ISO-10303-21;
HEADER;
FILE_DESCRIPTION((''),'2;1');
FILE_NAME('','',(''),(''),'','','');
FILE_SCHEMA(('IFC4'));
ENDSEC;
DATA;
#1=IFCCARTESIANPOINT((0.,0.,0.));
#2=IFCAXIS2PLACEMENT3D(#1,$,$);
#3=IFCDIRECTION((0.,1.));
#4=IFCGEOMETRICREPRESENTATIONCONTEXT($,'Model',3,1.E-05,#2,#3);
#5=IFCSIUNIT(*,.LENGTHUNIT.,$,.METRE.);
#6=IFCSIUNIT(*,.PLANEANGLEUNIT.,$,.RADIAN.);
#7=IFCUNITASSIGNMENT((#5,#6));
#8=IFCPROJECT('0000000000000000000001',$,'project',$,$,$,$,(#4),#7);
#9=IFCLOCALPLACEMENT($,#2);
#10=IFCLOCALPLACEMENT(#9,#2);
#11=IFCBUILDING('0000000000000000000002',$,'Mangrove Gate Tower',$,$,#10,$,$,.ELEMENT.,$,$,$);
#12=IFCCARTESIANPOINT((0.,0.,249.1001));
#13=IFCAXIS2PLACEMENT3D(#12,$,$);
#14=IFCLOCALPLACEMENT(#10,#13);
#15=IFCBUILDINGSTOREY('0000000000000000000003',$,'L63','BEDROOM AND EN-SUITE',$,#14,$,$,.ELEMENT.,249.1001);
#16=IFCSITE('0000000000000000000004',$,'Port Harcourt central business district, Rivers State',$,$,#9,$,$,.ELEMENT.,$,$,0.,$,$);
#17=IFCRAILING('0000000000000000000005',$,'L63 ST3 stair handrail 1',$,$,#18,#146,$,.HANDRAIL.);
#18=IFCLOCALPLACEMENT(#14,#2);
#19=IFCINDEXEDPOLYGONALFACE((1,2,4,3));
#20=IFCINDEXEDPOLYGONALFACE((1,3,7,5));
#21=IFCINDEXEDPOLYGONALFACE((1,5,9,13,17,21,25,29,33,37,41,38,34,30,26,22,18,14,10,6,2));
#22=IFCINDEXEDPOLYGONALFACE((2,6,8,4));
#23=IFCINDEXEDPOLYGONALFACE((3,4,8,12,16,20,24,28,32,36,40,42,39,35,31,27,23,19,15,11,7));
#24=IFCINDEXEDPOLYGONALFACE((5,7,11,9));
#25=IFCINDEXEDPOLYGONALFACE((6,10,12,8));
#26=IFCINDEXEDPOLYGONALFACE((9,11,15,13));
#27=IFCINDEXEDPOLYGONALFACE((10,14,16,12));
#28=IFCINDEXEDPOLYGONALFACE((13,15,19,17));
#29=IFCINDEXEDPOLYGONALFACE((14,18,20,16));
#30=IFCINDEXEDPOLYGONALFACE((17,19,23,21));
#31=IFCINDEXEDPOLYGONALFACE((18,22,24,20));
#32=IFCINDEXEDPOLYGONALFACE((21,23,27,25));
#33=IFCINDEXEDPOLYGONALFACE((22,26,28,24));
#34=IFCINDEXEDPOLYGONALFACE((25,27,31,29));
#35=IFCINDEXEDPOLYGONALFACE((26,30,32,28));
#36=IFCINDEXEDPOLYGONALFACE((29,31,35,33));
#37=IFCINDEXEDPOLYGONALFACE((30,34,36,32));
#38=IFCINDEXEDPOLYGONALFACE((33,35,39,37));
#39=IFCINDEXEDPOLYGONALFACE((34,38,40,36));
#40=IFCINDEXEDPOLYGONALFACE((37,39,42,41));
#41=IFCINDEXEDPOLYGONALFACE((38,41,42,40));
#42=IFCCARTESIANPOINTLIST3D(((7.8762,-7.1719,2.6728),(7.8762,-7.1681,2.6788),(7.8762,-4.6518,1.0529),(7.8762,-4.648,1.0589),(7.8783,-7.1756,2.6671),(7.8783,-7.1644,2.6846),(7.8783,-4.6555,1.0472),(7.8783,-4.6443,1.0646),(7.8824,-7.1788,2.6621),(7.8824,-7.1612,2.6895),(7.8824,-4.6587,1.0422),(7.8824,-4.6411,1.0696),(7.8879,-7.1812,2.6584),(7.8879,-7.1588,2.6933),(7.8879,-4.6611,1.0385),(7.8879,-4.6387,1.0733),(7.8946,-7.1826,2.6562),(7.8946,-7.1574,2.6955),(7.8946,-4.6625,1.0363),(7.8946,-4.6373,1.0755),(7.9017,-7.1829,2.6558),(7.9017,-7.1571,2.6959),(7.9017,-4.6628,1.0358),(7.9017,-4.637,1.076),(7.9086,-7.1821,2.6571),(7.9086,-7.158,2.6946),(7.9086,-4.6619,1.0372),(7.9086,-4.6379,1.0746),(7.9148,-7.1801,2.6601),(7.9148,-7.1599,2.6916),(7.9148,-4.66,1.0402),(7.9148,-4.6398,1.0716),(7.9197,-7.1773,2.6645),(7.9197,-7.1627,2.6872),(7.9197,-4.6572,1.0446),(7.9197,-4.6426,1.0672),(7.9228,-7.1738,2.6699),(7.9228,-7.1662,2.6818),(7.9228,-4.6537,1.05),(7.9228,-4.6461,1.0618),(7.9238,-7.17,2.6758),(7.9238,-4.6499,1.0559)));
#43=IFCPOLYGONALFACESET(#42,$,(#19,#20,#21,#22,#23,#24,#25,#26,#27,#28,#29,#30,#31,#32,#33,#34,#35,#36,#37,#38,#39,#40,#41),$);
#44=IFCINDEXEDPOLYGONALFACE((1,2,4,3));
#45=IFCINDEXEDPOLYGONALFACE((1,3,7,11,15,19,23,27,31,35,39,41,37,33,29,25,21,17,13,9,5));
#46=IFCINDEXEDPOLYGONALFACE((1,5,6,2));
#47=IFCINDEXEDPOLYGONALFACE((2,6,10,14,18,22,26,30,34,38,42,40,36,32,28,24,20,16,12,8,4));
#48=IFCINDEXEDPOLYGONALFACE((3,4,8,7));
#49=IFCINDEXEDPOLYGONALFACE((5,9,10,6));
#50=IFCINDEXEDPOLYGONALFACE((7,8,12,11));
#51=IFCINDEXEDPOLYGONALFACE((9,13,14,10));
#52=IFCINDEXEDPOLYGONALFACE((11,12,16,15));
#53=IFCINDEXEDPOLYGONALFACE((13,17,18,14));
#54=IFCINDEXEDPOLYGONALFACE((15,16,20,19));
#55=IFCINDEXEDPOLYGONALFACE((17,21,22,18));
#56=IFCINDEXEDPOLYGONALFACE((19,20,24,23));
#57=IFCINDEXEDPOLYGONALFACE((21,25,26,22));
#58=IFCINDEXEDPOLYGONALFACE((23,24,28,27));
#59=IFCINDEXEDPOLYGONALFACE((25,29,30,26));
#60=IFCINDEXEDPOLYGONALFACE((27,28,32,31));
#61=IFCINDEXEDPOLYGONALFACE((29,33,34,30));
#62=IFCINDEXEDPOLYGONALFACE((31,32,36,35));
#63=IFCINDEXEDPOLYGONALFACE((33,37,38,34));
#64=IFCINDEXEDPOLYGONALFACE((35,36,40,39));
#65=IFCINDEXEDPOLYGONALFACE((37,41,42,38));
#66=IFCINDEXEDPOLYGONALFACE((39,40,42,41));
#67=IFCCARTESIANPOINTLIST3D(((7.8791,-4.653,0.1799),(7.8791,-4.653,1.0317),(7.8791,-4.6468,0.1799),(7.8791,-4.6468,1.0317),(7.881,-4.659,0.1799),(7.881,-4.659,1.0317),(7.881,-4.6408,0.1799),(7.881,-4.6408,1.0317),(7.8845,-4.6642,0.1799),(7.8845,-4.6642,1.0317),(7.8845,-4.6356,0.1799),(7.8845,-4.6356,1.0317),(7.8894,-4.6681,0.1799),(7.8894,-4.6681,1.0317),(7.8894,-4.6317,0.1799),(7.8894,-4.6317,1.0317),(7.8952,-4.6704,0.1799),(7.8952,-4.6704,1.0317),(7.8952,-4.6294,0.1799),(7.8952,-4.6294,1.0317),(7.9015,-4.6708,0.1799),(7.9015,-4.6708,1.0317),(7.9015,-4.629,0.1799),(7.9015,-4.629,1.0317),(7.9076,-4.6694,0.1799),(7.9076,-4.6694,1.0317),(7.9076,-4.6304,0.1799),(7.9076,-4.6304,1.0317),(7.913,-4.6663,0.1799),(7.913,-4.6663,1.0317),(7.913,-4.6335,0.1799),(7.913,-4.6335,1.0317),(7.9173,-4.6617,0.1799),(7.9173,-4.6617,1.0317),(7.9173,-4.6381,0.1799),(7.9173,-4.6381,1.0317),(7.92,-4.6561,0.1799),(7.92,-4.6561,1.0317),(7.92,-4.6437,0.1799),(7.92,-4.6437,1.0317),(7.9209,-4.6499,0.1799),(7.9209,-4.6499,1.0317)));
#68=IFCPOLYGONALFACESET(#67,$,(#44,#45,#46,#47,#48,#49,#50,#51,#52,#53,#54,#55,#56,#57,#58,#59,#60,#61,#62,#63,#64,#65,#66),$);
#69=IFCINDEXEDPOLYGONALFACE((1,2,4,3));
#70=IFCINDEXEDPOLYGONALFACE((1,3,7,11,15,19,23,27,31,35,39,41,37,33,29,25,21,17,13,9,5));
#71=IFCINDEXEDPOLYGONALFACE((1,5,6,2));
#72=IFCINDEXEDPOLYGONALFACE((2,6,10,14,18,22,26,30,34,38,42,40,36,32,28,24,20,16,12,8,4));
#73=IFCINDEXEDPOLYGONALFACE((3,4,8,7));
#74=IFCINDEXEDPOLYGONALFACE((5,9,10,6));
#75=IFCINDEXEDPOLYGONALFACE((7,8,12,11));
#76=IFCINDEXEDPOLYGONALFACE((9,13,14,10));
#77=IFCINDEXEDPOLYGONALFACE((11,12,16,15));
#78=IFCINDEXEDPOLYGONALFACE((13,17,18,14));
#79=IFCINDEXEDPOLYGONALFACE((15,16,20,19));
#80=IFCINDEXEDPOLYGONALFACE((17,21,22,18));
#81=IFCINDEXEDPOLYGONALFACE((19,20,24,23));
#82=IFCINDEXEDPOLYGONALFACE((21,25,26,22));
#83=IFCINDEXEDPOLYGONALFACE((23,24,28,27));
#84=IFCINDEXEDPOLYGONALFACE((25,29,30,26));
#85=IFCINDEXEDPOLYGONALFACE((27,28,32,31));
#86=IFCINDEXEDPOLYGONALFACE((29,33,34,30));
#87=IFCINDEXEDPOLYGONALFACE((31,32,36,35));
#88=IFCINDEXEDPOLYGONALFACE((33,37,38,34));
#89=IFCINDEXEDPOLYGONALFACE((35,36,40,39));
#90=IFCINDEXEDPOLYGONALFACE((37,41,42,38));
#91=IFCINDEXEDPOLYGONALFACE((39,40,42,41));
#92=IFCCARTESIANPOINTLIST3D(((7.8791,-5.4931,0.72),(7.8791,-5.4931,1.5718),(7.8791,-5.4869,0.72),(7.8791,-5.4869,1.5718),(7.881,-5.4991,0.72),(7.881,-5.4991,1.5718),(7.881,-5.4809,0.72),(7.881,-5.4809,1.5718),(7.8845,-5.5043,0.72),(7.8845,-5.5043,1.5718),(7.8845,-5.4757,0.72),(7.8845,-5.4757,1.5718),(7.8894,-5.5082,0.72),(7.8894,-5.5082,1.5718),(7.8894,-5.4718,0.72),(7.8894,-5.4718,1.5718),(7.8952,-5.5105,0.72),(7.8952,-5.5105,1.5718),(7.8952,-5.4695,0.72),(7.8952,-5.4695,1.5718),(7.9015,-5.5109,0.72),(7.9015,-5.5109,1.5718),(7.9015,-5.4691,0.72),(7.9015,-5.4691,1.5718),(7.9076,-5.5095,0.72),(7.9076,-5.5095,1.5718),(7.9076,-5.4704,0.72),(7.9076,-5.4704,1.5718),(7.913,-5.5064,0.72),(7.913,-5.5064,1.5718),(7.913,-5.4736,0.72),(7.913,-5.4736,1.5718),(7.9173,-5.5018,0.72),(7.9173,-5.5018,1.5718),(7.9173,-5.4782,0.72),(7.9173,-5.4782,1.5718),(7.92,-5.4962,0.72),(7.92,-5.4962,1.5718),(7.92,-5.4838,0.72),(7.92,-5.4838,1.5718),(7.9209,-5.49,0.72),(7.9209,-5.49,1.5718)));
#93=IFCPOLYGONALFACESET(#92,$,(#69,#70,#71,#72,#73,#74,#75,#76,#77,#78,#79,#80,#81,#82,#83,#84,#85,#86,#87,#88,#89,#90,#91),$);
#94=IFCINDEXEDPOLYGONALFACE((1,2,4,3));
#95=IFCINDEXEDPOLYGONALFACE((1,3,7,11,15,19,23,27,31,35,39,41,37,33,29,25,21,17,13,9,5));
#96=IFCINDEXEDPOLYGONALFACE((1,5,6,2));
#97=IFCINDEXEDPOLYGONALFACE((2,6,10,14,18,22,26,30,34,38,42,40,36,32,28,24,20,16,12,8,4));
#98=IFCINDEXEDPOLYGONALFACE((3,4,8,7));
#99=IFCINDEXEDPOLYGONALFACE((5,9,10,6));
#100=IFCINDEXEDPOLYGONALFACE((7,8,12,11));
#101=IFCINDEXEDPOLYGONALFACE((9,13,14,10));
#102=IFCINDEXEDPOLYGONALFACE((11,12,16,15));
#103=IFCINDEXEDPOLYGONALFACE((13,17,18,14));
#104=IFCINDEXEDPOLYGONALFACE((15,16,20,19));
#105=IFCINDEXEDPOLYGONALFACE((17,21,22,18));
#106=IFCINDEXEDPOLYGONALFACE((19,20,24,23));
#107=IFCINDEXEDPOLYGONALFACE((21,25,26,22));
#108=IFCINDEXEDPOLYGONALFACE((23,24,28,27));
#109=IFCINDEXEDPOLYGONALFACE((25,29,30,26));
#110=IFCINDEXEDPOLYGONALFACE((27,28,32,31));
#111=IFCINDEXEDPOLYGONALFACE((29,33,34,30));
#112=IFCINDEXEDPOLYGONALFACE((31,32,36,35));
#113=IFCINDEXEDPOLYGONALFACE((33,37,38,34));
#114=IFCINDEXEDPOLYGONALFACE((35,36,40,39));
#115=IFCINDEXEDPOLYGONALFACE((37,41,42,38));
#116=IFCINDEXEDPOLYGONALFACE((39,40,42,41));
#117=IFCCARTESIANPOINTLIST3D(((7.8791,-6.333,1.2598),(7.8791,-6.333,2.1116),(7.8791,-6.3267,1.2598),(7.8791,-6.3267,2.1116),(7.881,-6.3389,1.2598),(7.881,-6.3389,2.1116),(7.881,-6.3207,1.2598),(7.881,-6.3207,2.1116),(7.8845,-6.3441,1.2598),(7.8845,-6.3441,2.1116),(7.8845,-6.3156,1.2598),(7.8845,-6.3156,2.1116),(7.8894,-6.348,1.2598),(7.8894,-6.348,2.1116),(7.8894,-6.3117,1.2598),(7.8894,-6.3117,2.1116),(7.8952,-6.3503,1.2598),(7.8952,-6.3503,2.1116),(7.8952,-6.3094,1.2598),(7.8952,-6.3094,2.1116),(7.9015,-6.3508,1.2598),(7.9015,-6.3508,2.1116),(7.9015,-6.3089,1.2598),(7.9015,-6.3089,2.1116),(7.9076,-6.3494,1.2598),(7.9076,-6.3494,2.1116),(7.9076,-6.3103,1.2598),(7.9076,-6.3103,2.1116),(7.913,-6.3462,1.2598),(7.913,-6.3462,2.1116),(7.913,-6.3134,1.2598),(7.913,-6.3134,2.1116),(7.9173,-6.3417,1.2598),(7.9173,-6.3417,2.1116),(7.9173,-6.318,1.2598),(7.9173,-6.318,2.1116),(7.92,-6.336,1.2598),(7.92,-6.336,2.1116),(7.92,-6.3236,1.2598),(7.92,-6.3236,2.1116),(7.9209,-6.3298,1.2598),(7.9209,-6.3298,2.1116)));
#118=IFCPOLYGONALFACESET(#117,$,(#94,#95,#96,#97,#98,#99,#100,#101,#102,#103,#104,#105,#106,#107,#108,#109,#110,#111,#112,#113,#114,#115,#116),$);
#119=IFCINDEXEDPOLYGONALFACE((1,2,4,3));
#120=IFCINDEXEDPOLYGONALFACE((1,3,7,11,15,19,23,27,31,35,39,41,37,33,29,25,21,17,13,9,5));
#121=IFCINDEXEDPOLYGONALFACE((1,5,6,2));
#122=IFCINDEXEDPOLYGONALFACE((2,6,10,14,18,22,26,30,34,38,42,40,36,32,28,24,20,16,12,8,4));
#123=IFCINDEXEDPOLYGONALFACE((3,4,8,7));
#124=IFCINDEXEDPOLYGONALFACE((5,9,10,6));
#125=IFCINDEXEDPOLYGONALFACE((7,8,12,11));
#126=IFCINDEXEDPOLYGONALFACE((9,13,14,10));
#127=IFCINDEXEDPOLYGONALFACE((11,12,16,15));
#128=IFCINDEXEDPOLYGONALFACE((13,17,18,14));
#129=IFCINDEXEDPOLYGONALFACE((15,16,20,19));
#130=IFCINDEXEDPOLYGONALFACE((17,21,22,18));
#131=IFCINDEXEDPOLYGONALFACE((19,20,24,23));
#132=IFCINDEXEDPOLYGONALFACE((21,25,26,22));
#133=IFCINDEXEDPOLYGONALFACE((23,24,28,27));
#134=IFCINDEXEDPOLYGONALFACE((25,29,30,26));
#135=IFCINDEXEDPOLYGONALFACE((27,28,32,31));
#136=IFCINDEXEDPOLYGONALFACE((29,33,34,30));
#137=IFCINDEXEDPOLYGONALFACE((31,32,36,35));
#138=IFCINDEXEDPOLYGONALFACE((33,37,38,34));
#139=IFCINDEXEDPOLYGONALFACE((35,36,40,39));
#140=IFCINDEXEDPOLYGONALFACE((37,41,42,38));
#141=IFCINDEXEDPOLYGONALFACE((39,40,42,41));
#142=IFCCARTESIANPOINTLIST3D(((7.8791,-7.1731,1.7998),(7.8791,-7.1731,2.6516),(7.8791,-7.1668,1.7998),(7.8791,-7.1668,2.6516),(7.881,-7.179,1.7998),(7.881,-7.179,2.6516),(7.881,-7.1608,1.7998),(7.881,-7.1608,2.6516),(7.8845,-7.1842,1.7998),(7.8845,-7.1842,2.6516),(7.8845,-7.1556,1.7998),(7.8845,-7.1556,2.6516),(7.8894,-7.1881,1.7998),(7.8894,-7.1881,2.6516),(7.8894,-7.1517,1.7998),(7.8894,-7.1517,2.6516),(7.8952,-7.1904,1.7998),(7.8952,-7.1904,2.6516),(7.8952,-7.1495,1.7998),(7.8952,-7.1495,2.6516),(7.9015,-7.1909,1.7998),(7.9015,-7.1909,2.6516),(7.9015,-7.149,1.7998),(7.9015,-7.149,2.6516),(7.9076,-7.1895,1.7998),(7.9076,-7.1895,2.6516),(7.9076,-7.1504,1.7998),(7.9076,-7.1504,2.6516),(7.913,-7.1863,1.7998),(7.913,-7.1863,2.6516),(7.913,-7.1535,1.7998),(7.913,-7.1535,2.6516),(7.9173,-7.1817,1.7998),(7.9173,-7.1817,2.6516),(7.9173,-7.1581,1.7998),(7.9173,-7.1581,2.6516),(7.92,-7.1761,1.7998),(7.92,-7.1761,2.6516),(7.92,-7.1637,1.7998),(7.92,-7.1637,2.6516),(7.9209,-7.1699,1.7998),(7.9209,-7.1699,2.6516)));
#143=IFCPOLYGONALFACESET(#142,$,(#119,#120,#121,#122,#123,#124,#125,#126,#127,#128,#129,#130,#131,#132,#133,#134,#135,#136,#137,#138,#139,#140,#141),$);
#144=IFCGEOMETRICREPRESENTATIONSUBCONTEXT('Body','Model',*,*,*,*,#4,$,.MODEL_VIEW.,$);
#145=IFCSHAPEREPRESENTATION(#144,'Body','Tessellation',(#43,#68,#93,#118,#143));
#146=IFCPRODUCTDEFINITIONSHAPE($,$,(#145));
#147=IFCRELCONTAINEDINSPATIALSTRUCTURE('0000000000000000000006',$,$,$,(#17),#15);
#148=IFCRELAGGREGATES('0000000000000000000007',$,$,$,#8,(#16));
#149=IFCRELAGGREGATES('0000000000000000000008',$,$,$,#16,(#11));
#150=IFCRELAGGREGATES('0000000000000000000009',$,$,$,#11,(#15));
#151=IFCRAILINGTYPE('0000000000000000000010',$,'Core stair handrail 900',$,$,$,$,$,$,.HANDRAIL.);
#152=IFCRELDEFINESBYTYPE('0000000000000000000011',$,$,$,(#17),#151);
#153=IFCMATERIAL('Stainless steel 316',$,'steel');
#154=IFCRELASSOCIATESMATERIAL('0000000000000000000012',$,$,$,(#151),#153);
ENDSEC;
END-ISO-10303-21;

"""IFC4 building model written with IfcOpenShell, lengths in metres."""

from ifc_helpers import new_model, si_unit, direction, frame, origin, origin_2d, place, context, subcontext, project, spatial, circle, extrude, material, type_object, element, save


model = new_model("IFC4")

# Units and contexts
model_context = context("Model", 3, precision=1e-05, world=origin(), true_north=direction((0.0, 1.0)))
body_context = subcontext(model_context, "Body", "Model", "MODEL_VIEW")
ifc_project = project(units=[si_unit("LENGTHUNIT", "METRE"), si_unit("PLANEANGLEUNIT", "RADIAN")], contexts=[model_context])

# Site, building, storey
site_placement = place(None, origin())
site = spatial("IfcSite", under=ifc_project, at=site_placement, Name="Port Harcourt central business district, Rivers State", CompositionType="ELEMENT", RefElevation=0.0)
building_placement = place(site_placement, origin())
building = spatial("IfcBuilding", under=site, at=building_placement, Name="Mangrove Gate Tower", CompositionType="ELEMENT")
storey_placement = place(building_placement, frame((0.0, 0.0, 249.1001)))
storey = spatial("IfcBuildingStorey", under=building, at=storey_placement, Name="L63", Description="BEDROOM AND EN-SUITE", CompositionType="ELEMENT", Elevation=249.1001)

# Railing
ifc_material_1 = material(Name="Stainless steel 316", Category="steel")
railing_type_1 = type_object("IfcRailingType", Name="Core stair handrail 900", PredefinedType="HANDRAIL", material=ifc_material_1)
railing_1_placement = place(storey_placement, frame((7.8999, -4.6499, 0.1799)))
element("IfcRailing", 1, at=railing_1_placement, inside=storey, type_object=railing_type_1, Name="L63 ST3 stair handrail 1", PredefinedType="HANDRAIL", context=body_context, shape_type="SweptSolid", body=[
    extrude(circle(Radius=0.0239, at=origin_2d()), frame((0.0, 0.0, 0.876), z_axis=(0.0, -0.8412, 0.540725), x_axis=(1.0, 0.0, 0.0)), (0.0, 0.0, 1.0), 2.9958),
    extrude(circle(Radius=0.021, at=origin_2d()), origin(), (0.0, 0.0, 1.0), 0.8518),
    extrude(circle(Radius=0.021, at=origin_2d()), frame((0.0, -0.8401, 0.54)), (0.0, 0.0, 1.0), 0.8518),
    extrude(circle(Radius=0.021, at=origin_2d()), frame((0.0, -1.6799, 1.0798)), (0.0, 0.0, 1.0), 0.8518),
    extrude(circle(Radius=0.021, at=origin_2d()), frame((0.0, -2.52, 1.6199)), (0.0, 0.0, 1.0), 0.8518),
])

save(model, "model.ifc")
